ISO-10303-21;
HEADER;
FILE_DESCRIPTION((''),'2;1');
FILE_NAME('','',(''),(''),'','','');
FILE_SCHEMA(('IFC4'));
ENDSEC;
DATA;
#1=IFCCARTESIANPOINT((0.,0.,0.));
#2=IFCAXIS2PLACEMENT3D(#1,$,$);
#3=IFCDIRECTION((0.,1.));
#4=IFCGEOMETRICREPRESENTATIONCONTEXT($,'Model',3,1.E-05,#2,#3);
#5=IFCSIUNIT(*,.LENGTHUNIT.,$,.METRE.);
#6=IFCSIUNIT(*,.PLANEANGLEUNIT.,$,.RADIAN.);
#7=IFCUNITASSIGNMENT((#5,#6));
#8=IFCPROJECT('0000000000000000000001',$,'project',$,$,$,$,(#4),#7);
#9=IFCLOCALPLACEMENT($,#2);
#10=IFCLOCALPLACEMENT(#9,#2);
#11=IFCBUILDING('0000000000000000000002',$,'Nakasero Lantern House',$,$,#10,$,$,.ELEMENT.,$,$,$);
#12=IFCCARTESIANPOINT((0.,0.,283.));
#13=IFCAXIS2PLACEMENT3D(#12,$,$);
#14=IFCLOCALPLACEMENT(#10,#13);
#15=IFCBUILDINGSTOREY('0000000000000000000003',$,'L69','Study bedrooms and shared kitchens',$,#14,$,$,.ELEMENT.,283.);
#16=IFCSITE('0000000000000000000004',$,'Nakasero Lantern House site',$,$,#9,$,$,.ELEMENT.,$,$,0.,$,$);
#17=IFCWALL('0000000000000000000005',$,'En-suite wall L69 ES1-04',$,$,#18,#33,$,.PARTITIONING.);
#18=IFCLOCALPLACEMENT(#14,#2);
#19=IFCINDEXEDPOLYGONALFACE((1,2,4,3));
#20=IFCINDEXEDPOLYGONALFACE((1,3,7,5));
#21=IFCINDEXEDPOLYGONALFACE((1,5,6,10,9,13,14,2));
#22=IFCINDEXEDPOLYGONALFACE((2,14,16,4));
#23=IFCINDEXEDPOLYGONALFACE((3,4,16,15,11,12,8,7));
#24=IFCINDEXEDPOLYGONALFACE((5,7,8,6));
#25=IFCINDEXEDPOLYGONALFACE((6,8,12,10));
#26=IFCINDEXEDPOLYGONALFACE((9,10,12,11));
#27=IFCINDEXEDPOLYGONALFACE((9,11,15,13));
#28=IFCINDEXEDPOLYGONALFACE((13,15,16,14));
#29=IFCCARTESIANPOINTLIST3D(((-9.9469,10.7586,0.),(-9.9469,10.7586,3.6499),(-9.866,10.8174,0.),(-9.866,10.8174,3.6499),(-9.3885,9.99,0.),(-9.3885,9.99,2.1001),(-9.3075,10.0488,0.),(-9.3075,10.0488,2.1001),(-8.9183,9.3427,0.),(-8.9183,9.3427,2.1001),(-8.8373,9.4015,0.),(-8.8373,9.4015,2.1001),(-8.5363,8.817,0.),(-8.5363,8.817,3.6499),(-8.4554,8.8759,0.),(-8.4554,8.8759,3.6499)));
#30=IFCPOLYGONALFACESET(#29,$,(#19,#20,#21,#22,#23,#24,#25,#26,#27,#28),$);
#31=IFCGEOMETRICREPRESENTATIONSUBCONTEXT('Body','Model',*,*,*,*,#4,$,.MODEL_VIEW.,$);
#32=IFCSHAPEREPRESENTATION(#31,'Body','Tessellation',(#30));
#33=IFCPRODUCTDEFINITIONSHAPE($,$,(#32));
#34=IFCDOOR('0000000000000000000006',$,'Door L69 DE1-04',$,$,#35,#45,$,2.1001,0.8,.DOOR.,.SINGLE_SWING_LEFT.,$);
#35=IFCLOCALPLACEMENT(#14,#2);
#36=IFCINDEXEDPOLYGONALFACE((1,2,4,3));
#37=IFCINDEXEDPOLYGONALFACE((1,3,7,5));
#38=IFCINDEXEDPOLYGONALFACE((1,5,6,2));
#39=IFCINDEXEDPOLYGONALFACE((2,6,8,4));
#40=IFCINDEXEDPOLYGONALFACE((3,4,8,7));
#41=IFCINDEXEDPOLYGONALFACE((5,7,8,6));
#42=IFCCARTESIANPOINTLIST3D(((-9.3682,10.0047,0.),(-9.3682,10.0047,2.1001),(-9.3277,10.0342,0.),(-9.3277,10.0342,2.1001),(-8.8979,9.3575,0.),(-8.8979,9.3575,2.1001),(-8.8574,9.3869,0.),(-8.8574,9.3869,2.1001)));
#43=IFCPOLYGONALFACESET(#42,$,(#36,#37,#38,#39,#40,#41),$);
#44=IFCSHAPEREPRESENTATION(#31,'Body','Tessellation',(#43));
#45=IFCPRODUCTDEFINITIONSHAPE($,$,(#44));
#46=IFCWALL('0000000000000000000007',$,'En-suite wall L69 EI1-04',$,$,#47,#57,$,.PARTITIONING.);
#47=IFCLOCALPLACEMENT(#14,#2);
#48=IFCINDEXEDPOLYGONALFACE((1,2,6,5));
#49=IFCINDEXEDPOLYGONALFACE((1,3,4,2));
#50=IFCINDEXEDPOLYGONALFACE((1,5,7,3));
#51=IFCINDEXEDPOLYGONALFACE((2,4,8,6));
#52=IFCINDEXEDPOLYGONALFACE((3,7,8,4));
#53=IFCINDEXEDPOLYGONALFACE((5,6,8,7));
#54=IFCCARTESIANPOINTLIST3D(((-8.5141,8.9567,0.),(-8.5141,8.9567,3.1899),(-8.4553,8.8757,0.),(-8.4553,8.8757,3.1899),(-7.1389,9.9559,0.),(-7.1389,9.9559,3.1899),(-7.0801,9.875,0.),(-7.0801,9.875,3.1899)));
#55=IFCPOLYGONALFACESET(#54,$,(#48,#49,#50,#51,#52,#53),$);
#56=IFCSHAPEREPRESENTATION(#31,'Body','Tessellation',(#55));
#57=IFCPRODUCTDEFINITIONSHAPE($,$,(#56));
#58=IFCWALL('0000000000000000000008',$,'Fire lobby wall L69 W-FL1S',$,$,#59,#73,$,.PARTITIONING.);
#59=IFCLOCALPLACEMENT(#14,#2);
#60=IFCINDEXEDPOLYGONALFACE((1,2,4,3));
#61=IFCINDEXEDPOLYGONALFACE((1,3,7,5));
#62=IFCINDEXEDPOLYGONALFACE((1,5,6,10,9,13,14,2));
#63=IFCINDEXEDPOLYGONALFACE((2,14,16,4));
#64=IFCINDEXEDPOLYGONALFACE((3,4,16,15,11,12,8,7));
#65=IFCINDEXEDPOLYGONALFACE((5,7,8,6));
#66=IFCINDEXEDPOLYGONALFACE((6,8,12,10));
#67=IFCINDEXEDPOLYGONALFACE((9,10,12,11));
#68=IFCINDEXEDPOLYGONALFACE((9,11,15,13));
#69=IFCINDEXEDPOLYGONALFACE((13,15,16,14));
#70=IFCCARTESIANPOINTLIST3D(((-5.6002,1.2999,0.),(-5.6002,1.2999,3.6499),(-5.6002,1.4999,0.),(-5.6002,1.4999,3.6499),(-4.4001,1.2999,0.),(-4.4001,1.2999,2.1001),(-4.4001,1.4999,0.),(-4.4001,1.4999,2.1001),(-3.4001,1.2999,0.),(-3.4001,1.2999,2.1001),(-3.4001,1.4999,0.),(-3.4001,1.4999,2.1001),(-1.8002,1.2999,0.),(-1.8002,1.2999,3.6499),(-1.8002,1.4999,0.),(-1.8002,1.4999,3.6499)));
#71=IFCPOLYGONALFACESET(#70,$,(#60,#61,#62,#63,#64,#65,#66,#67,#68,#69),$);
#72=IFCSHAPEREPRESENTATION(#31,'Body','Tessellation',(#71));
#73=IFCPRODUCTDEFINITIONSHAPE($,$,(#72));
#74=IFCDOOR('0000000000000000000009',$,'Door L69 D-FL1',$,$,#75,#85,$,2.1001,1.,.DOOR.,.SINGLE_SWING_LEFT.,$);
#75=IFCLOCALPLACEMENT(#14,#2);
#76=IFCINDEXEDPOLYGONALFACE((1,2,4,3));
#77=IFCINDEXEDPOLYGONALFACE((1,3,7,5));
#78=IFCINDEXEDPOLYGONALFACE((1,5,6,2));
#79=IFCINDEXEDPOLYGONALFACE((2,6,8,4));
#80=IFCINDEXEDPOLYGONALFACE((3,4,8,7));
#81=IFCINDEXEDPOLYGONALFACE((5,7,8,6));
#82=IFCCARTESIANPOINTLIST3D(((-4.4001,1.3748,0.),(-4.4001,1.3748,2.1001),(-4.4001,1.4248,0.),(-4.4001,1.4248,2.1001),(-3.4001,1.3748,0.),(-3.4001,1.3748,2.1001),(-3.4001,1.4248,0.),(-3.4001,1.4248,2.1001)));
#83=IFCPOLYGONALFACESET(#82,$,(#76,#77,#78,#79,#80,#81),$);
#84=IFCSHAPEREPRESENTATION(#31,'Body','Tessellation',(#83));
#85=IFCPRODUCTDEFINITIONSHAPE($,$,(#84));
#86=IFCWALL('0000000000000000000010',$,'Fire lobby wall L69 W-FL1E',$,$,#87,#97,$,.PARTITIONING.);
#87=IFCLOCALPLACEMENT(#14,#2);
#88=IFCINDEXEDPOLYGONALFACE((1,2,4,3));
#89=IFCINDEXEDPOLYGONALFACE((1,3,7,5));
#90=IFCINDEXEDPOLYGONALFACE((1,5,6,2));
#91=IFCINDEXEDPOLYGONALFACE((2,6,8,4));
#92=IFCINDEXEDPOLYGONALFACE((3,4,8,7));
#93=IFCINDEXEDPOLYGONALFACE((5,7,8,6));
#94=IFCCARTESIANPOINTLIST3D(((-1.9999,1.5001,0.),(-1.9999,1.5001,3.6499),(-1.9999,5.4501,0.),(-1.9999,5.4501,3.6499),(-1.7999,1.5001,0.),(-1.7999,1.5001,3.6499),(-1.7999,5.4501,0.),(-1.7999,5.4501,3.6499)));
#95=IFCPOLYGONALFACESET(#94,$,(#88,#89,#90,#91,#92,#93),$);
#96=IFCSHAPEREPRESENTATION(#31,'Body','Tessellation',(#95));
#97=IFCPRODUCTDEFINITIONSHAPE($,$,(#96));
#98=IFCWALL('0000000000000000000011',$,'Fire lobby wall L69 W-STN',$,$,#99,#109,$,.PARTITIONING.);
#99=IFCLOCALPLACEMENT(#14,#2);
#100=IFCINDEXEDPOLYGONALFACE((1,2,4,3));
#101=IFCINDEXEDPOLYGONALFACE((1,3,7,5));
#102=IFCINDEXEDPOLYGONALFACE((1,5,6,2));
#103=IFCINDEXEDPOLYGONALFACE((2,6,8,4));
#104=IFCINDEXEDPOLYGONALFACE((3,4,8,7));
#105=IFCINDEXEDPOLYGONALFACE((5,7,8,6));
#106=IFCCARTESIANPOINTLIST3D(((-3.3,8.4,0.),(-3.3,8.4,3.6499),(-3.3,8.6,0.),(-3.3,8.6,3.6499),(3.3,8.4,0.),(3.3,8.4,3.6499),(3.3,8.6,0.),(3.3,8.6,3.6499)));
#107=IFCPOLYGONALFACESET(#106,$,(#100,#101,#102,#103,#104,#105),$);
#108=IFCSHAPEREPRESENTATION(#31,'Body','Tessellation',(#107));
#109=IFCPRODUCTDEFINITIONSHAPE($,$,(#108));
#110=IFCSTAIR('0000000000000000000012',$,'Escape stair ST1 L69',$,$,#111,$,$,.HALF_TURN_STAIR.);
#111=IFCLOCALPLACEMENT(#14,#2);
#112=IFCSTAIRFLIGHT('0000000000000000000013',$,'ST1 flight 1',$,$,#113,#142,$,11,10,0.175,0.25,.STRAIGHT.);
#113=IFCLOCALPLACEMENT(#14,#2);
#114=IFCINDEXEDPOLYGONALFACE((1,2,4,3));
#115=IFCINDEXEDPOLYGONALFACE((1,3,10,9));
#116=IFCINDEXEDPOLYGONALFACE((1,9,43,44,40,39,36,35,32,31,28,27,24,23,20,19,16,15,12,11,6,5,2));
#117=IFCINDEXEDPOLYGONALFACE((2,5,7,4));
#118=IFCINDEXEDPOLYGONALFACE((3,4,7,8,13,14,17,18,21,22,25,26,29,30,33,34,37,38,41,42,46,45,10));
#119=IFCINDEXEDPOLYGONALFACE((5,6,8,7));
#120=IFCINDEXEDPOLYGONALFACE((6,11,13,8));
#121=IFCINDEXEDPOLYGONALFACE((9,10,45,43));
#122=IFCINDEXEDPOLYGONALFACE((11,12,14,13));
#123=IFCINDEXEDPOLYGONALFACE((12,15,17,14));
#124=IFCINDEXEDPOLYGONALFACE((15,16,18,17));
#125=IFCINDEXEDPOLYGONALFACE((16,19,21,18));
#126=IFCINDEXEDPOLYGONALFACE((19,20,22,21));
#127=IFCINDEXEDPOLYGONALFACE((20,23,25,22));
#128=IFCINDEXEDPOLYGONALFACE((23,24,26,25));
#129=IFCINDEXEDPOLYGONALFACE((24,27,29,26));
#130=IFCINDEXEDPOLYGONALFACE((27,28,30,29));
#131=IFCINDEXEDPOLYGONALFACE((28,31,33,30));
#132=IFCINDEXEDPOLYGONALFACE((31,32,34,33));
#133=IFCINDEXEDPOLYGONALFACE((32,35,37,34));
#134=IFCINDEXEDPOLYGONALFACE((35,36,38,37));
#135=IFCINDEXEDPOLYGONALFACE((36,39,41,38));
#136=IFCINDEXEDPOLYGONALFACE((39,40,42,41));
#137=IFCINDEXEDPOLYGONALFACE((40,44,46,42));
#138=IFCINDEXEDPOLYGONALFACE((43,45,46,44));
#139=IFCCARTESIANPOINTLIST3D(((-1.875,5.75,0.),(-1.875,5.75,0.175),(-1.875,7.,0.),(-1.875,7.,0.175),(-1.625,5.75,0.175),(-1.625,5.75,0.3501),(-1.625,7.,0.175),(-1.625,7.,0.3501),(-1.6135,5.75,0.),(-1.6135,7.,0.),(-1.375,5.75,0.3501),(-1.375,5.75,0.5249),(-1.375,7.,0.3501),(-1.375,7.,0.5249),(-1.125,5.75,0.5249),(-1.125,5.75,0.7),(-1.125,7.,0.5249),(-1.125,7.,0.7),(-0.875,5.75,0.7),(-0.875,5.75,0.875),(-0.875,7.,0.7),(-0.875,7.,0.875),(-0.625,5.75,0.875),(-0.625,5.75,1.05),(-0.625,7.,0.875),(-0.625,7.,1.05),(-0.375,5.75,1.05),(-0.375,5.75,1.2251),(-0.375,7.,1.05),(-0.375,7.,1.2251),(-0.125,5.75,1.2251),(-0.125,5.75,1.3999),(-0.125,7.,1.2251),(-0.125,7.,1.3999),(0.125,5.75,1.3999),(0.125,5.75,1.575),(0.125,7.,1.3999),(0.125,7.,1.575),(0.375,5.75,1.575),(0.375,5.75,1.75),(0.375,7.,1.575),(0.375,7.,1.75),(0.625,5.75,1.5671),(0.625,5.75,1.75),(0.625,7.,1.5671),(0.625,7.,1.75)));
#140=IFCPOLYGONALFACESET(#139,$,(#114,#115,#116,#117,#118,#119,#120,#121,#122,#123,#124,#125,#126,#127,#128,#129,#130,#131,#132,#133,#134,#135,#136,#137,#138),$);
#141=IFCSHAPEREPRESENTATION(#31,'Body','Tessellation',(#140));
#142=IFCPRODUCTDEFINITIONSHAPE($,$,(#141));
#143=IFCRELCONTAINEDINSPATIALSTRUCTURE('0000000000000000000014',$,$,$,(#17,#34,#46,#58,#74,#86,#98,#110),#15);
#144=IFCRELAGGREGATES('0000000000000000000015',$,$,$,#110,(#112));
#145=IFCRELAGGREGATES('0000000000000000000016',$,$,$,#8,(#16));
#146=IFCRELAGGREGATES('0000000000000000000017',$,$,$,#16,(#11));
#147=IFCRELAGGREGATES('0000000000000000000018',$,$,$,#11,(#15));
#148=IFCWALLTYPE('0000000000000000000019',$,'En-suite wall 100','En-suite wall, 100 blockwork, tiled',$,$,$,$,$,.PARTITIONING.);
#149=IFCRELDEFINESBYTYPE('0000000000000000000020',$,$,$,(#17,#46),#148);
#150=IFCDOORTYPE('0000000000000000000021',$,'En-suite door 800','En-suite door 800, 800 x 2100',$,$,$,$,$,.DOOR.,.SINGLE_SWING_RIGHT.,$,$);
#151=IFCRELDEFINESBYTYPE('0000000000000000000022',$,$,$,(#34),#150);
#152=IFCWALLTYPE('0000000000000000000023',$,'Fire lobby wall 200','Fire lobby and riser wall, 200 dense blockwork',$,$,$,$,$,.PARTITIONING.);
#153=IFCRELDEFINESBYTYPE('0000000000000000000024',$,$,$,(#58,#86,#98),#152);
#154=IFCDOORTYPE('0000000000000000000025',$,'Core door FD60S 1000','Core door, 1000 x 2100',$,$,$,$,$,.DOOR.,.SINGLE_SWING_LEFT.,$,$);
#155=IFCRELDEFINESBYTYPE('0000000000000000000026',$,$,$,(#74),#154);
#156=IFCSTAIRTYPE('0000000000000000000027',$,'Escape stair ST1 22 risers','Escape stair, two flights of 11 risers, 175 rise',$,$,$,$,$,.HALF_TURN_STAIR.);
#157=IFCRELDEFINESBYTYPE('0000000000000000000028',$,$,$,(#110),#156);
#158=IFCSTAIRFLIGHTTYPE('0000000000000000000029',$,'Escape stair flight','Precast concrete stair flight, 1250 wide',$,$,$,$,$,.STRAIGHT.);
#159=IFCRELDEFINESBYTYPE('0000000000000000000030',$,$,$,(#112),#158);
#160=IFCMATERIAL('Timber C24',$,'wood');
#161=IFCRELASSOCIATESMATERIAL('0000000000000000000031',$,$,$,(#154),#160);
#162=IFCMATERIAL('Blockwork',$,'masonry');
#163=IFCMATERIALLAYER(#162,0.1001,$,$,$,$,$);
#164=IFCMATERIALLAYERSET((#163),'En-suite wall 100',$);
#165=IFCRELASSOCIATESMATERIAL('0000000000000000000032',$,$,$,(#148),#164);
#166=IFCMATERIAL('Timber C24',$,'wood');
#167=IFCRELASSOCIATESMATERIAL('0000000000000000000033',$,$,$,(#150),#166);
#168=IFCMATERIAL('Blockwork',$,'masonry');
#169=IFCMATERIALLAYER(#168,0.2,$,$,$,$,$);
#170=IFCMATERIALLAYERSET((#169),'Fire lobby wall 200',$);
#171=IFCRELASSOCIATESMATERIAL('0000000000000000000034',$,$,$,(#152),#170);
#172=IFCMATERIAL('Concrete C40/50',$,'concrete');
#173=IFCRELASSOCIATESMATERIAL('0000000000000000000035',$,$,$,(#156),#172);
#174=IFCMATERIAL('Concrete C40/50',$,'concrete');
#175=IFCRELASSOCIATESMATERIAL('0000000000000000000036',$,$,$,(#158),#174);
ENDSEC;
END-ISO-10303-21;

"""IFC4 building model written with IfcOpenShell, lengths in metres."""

from ifc_helpers import new_model, si_unit, direction, frame, frame_2d, origin, place, context, subcontext, project, spatial, polyline, rectangle, outline, extrude, material, layer, layer_set, type_object, element, fill, aggregate, save


model = new_model("IFC4")

# Units and contexts
model_context = context("Model", 3, precision=1e-05, world=origin(), true_north=direction((0.0, 1.0)))
body_context = subcontext(model_context, "Body", "Model", "MODEL_VIEW")
ifc_project = project(units=[si_unit("LENGTHUNIT", "METRE"), si_unit("PLANEANGLEUNIT", "RADIAN")], contexts=[model_context])

# Site, building, storey
site_placement = place(None, origin())
site = spatial("IfcSite", under=ifc_project, at=site_placement, Name="Nakasero Lantern House site", CompositionType="ELEMENT", RefElevation=0.0)
building_placement = place(site_placement, origin())
building = spatial("IfcBuilding", under=site, at=building_placement, Name="Nakasero Lantern House", CompositionType="ELEMENT")
storey_placement = place(building_placement, frame((0.0, 0.0, 283.0)))
storey = spatial("IfcBuildingStorey", under=building, at=storey_placement, Name="L69", Description="Study bedrooms and shared kitchens", CompositionType="ELEMENT", Elevation=283.0)

# Shared definitions
ifc_material_1 = material(Name="Timber C24", Category="wood")
door_type_1 = type_object("IfcDoorType", Name="Core door FD60S 1000", Description="Core door, 1000 x 2100", OperationType="SINGLE_SWING_LEFT", PredefinedType="DOOR", material=ifc_material_1)

# Wall, opening, door
ifc_material_2 = material(Name="Blockwork", Category="masonry")
ifc_layer_1 = layer(ifc_material_2, 0.1001)
ifc_layer_set_1 = layer_set([ifc_layer_1], Name="En-suite wall 100")
wall_type_1 = type_object("IfcWallType", Name="En-suite wall 100", Description="En-suite wall, 100 blockwork, tiled", PredefinedType="PARTITIONING", material=ifc_layer_set_1)
wall_1_placement = place(storey_placement, frame((-8.4958, 8.8464, 0.0), z_axis=(0.0, 0.0, 1.0), x_axis=(-0.587772, 0.809026, 0.0)))
wall_1 = element("IfcWall", 1, at=wall_1_placement, inside=storey, type_object=wall_type_1, Name="En-suite wall L69 ES1-04", PredefinedType="PARTITIONING", context=body_context, shape_type="SweptSolid", body=[
    extrude(rectangle(XDim=2.3999, YDim=0.1001, at=frame_2d((1.2, 0.0))), origin(), (0.0, 0.0, 1.0), 3.6499),
])
opening_1_placement = place(wall_1_placement, frame((0.6499, 0.0, 0.0)))
opening_1 = element("IfcOpeningElement", 2, at=opening_1_placement, cuts=wall_1, PredefinedType="OPENING", context=body_context, shape_type="SweptSolid", body=[
    extrude(rectangle(XDim=0.8, YDim=2.1001, at=frame_2d((0.3999, 1.05))), frame((0.0, 0.0701, 0.0), z_axis=(0.0, -1.0, 0.0), x_axis=(1.0, 0.0, 0.0)), (0.0, 0.0, 1.0), 0.1401),
])
ifc_material_3 = material(Name="Timber C24", Category="wood")
door_type_2 = type_object("IfcDoorType", Name="En-suite door 800", Description="En-suite door 800, 800 x 2100", OperationType="SINGLE_SWING_RIGHT", PredefinedType="DOOR", material=ifc_material_3)
door_1_placement = place(opening_1_placement, origin())
door_1 = element("IfcDoor", 3, at=door_1_placement, inside=storey, type_object=door_type_2, Name="Door L69 DE1-04", OperationType="SINGLE_SWING_LEFT", OverallHeight=2.1001, OverallWidth=0.8, PredefinedType="DOOR", context=body_context, shape_type="SweptSolid", body=[
    extrude(rectangle(XDim=0.8, YDim=2.1001, at=frame_2d((0.3999, 1.05))), frame((0.0, 0.0249, 0.0), z_axis=(0.0, -1.0, 0.0), x_axis=(1.0, 0.0, 0.0)), (0.0, 0.0, 1.0), 0.05),
])
fill(opening_1, door_1)

# Wall
wall_2_placement = place(storey_placement, frame((-7.1094, 9.9155, 0.0), z_axis=(0.0, 0.0, 1.0), x_axis=(-0.808991, -0.587822, 0.0)))
element("IfcWall", 4, at=wall_2_placement, inside=storey, type_object=wall_type_1, Name="En-suite wall L69 EI1-04", PredefinedType="PARTITIONING", context=body_context, shape_type="SweptSolid", body=[
    extrude(rectangle(XDim=1.7, YDim=0.1001, at=frame_2d((0.8501, 0.0))), origin(), (0.0, 0.0, 1.0), 3.1899),
])

# Wall, opening, door
ifc_material_4 = material(Name="Blockwork", Category="masonry")
ifc_layer_2 = layer(ifc_material_4, 0.2)
ifc_layer_set_2 = layer_set([ifc_layer_2], Name="Fire lobby wall 200")
wall_type_2 = type_object("IfcWallType", Name="Fire lobby wall 200", Description="Fire lobby and riser wall, 200 dense blockwork", PredefinedType="PARTITIONING", material=ifc_layer_set_2)
wall_3_placement = place(storey_placement, frame((-5.6001, 1.3999, 0.0), z_axis=(0.0, 0.0, 1.0), x_axis=(1.0, 0.0, 0.0)))
wall_3 = element("IfcWall", 5, at=wall_3_placement, inside=storey, type_object=wall_type_2, Name="Fire lobby wall L69 W-FL1S", PredefinedType="PARTITIONING", context=body_context, shape_type="SweptSolid", body=[
    extrude(rectangle(XDim=3.8, YDim=0.2, at=frame_2d((1.8999, 0.0))), origin(), (0.0, 0.0, 1.0), 3.6499),
])
opening_2_placement = place(wall_3_placement, frame((1.2, 0.0, 0.0)))
opening_2 = element("IfcOpeningElement", 6, at=opening_2_placement, cuts=wall_3, PredefinedType="OPENING", context=body_context, shape_type="SweptSolid", body=[
    extrude(rectangle(XDim=1.0, YDim=2.1001, at=frame_2d((0.5, 1.05))), frame((0.0, 0.1199, 0.0), z_axis=(0.0, -1.0, 0.0), x_axis=(1.0, 0.0, 0.0)), (0.0, 0.0, 1.0), 0.24),
])
door_2_placement = place(opening_2_placement, origin())
door_2 = element("IfcDoor", 7, at=door_2_placement, inside=storey, type_object=door_type_1, Name="Door L69 D-FL1", OperationType="SINGLE_SWING_LEFT", OverallHeight=2.1001, OverallWidth=1.0, PredefinedType="DOOR", context=body_context, shape_type="SweptSolid", body=[
    extrude(rectangle(XDim=1.0, YDim=2.1001, at=frame_2d((0.5, 1.05))), frame((0.0, 0.0249, 0.0), z_axis=(0.0, -1.0, 0.0), x_axis=(1.0, 0.0, 0.0)), (0.0, 0.0, 1.0), 0.05),
])
fill(opening_2, door_2)

# Walls
wall_4_placement = place(storey_placement, frame((-1.8999, 1.5, 0.0), z_axis=(0.0, 0.0, 1.0), x_axis=(0.0, 1.0, 0.0)))
element("IfcWall", 8, at=wall_4_placement, inside=storey, type_object=wall_type_2, Name="Fire lobby wall L69 W-FL1E", PredefinedType="PARTITIONING", context=body_context, shape_type="SweptSolid", body=[
    extrude(rectangle(XDim=3.95, YDim=0.2, at=frame_2d((1.9751, 0.0))), origin(), (0.0, 0.0, 1.0), 3.6499),
])
wall_5_placement = place(storey_placement, frame((-3.3, 8.5, 0.0), z_axis=(0.0, 0.0, 1.0), x_axis=(1.0, 0.0, 0.0)))
element("IfcWall", 9, at=wall_5_placement, inside=storey, type_object=wall_type_2, Name="Fire lobby wall L69 W-STN", PredefinedType="PARTITIONING", context=body_context, shape_type="SweptSolid", body=[
    extrude(rectangle(XDim=6.6001, YDim=0.2, at=frame_2d((3.3, 0.0))), origin(), (0.0, 0.0, 1.0), 3.6499),
])

# Stair, stair flight
ifc_material_5 = material(Name="Concrete C40/50", Category="concrete")
stair_type = type_object("IfcStairType", Name="Escape stair ST1 22 risers", Description="Escape stair, two flights of 11 risers, 175 rise", PredefinedType="HALF_TURN_STAIR", material=ifc_material_5)
stair_placement = place(storey_placement, origin())
stair = element("IfcStair", 10, at=stair_placement, inside=storey, type_object=stair_type, Name="Escape stair ST1 L69", PredefinedType="HALF_TURN_STAIR")
ifc_material_6 = material(Name="Concrete C40/50", Category="concrete")
stair_flight_type = type_object("IfcStairFlightType", Name="Escape stair flight", Description="Precast concrete stair flight, 1250 wide", PredefinedType="STRAIGHT", material=ifc_material_6)
stair_flight_placement = place(storey_placement, frame((-1.875, 6.375, 0.0), z_axis=(0.0, 0.0, 1.0), x_axis=(1.0, 0.0, 0.0)))
stair_flight = element("IfcStairFlight", 11, at=stair_flight_placement, type_object=stair_flight_type, Name="ST1 flight 1", NumberOfRisers=11, NumberOfTreads=10, PredefinedType="STRAIGHT", RiserHeight=0.175, TreadLength=0.25, context=body_context, shape_type="SweptSolid", body=[
    extrude(outline(polyline([(0.0, 0.0), (0.0, 0.175), (0.25, 0.175), (0.25, 0.3501), (0.5, 0.3501), (0.5, 0.5249), (0.75, 0.5249), (0.75, 0.7), (1.0, 0.7), (1.0, 0.875), (1.25, 0.875), (1.25, 1.05), (1.5, 1.05), (1.5, 1.2251), (1.75, 1.2251), (1.75, 1.3999), (2.0, 1.3999), (2.0, 1.575), (2.25, 1.575), (2.25, 1.75), (2.5, 1.75), (2.5, 1.925), (2.5, 1.5671), (0.2615, 0.0), (0.0, 0.0)])), frame((0.0, 0.625, 0.0), z_axis=(0.0, -1.0, 0.0), x_axis=(1.0, 0.0, 0.0)), (0.0, 0.0, 1.0), 1.25),
])
aggregate(stair, [stair_flight])

save(model, "model.ifc")
